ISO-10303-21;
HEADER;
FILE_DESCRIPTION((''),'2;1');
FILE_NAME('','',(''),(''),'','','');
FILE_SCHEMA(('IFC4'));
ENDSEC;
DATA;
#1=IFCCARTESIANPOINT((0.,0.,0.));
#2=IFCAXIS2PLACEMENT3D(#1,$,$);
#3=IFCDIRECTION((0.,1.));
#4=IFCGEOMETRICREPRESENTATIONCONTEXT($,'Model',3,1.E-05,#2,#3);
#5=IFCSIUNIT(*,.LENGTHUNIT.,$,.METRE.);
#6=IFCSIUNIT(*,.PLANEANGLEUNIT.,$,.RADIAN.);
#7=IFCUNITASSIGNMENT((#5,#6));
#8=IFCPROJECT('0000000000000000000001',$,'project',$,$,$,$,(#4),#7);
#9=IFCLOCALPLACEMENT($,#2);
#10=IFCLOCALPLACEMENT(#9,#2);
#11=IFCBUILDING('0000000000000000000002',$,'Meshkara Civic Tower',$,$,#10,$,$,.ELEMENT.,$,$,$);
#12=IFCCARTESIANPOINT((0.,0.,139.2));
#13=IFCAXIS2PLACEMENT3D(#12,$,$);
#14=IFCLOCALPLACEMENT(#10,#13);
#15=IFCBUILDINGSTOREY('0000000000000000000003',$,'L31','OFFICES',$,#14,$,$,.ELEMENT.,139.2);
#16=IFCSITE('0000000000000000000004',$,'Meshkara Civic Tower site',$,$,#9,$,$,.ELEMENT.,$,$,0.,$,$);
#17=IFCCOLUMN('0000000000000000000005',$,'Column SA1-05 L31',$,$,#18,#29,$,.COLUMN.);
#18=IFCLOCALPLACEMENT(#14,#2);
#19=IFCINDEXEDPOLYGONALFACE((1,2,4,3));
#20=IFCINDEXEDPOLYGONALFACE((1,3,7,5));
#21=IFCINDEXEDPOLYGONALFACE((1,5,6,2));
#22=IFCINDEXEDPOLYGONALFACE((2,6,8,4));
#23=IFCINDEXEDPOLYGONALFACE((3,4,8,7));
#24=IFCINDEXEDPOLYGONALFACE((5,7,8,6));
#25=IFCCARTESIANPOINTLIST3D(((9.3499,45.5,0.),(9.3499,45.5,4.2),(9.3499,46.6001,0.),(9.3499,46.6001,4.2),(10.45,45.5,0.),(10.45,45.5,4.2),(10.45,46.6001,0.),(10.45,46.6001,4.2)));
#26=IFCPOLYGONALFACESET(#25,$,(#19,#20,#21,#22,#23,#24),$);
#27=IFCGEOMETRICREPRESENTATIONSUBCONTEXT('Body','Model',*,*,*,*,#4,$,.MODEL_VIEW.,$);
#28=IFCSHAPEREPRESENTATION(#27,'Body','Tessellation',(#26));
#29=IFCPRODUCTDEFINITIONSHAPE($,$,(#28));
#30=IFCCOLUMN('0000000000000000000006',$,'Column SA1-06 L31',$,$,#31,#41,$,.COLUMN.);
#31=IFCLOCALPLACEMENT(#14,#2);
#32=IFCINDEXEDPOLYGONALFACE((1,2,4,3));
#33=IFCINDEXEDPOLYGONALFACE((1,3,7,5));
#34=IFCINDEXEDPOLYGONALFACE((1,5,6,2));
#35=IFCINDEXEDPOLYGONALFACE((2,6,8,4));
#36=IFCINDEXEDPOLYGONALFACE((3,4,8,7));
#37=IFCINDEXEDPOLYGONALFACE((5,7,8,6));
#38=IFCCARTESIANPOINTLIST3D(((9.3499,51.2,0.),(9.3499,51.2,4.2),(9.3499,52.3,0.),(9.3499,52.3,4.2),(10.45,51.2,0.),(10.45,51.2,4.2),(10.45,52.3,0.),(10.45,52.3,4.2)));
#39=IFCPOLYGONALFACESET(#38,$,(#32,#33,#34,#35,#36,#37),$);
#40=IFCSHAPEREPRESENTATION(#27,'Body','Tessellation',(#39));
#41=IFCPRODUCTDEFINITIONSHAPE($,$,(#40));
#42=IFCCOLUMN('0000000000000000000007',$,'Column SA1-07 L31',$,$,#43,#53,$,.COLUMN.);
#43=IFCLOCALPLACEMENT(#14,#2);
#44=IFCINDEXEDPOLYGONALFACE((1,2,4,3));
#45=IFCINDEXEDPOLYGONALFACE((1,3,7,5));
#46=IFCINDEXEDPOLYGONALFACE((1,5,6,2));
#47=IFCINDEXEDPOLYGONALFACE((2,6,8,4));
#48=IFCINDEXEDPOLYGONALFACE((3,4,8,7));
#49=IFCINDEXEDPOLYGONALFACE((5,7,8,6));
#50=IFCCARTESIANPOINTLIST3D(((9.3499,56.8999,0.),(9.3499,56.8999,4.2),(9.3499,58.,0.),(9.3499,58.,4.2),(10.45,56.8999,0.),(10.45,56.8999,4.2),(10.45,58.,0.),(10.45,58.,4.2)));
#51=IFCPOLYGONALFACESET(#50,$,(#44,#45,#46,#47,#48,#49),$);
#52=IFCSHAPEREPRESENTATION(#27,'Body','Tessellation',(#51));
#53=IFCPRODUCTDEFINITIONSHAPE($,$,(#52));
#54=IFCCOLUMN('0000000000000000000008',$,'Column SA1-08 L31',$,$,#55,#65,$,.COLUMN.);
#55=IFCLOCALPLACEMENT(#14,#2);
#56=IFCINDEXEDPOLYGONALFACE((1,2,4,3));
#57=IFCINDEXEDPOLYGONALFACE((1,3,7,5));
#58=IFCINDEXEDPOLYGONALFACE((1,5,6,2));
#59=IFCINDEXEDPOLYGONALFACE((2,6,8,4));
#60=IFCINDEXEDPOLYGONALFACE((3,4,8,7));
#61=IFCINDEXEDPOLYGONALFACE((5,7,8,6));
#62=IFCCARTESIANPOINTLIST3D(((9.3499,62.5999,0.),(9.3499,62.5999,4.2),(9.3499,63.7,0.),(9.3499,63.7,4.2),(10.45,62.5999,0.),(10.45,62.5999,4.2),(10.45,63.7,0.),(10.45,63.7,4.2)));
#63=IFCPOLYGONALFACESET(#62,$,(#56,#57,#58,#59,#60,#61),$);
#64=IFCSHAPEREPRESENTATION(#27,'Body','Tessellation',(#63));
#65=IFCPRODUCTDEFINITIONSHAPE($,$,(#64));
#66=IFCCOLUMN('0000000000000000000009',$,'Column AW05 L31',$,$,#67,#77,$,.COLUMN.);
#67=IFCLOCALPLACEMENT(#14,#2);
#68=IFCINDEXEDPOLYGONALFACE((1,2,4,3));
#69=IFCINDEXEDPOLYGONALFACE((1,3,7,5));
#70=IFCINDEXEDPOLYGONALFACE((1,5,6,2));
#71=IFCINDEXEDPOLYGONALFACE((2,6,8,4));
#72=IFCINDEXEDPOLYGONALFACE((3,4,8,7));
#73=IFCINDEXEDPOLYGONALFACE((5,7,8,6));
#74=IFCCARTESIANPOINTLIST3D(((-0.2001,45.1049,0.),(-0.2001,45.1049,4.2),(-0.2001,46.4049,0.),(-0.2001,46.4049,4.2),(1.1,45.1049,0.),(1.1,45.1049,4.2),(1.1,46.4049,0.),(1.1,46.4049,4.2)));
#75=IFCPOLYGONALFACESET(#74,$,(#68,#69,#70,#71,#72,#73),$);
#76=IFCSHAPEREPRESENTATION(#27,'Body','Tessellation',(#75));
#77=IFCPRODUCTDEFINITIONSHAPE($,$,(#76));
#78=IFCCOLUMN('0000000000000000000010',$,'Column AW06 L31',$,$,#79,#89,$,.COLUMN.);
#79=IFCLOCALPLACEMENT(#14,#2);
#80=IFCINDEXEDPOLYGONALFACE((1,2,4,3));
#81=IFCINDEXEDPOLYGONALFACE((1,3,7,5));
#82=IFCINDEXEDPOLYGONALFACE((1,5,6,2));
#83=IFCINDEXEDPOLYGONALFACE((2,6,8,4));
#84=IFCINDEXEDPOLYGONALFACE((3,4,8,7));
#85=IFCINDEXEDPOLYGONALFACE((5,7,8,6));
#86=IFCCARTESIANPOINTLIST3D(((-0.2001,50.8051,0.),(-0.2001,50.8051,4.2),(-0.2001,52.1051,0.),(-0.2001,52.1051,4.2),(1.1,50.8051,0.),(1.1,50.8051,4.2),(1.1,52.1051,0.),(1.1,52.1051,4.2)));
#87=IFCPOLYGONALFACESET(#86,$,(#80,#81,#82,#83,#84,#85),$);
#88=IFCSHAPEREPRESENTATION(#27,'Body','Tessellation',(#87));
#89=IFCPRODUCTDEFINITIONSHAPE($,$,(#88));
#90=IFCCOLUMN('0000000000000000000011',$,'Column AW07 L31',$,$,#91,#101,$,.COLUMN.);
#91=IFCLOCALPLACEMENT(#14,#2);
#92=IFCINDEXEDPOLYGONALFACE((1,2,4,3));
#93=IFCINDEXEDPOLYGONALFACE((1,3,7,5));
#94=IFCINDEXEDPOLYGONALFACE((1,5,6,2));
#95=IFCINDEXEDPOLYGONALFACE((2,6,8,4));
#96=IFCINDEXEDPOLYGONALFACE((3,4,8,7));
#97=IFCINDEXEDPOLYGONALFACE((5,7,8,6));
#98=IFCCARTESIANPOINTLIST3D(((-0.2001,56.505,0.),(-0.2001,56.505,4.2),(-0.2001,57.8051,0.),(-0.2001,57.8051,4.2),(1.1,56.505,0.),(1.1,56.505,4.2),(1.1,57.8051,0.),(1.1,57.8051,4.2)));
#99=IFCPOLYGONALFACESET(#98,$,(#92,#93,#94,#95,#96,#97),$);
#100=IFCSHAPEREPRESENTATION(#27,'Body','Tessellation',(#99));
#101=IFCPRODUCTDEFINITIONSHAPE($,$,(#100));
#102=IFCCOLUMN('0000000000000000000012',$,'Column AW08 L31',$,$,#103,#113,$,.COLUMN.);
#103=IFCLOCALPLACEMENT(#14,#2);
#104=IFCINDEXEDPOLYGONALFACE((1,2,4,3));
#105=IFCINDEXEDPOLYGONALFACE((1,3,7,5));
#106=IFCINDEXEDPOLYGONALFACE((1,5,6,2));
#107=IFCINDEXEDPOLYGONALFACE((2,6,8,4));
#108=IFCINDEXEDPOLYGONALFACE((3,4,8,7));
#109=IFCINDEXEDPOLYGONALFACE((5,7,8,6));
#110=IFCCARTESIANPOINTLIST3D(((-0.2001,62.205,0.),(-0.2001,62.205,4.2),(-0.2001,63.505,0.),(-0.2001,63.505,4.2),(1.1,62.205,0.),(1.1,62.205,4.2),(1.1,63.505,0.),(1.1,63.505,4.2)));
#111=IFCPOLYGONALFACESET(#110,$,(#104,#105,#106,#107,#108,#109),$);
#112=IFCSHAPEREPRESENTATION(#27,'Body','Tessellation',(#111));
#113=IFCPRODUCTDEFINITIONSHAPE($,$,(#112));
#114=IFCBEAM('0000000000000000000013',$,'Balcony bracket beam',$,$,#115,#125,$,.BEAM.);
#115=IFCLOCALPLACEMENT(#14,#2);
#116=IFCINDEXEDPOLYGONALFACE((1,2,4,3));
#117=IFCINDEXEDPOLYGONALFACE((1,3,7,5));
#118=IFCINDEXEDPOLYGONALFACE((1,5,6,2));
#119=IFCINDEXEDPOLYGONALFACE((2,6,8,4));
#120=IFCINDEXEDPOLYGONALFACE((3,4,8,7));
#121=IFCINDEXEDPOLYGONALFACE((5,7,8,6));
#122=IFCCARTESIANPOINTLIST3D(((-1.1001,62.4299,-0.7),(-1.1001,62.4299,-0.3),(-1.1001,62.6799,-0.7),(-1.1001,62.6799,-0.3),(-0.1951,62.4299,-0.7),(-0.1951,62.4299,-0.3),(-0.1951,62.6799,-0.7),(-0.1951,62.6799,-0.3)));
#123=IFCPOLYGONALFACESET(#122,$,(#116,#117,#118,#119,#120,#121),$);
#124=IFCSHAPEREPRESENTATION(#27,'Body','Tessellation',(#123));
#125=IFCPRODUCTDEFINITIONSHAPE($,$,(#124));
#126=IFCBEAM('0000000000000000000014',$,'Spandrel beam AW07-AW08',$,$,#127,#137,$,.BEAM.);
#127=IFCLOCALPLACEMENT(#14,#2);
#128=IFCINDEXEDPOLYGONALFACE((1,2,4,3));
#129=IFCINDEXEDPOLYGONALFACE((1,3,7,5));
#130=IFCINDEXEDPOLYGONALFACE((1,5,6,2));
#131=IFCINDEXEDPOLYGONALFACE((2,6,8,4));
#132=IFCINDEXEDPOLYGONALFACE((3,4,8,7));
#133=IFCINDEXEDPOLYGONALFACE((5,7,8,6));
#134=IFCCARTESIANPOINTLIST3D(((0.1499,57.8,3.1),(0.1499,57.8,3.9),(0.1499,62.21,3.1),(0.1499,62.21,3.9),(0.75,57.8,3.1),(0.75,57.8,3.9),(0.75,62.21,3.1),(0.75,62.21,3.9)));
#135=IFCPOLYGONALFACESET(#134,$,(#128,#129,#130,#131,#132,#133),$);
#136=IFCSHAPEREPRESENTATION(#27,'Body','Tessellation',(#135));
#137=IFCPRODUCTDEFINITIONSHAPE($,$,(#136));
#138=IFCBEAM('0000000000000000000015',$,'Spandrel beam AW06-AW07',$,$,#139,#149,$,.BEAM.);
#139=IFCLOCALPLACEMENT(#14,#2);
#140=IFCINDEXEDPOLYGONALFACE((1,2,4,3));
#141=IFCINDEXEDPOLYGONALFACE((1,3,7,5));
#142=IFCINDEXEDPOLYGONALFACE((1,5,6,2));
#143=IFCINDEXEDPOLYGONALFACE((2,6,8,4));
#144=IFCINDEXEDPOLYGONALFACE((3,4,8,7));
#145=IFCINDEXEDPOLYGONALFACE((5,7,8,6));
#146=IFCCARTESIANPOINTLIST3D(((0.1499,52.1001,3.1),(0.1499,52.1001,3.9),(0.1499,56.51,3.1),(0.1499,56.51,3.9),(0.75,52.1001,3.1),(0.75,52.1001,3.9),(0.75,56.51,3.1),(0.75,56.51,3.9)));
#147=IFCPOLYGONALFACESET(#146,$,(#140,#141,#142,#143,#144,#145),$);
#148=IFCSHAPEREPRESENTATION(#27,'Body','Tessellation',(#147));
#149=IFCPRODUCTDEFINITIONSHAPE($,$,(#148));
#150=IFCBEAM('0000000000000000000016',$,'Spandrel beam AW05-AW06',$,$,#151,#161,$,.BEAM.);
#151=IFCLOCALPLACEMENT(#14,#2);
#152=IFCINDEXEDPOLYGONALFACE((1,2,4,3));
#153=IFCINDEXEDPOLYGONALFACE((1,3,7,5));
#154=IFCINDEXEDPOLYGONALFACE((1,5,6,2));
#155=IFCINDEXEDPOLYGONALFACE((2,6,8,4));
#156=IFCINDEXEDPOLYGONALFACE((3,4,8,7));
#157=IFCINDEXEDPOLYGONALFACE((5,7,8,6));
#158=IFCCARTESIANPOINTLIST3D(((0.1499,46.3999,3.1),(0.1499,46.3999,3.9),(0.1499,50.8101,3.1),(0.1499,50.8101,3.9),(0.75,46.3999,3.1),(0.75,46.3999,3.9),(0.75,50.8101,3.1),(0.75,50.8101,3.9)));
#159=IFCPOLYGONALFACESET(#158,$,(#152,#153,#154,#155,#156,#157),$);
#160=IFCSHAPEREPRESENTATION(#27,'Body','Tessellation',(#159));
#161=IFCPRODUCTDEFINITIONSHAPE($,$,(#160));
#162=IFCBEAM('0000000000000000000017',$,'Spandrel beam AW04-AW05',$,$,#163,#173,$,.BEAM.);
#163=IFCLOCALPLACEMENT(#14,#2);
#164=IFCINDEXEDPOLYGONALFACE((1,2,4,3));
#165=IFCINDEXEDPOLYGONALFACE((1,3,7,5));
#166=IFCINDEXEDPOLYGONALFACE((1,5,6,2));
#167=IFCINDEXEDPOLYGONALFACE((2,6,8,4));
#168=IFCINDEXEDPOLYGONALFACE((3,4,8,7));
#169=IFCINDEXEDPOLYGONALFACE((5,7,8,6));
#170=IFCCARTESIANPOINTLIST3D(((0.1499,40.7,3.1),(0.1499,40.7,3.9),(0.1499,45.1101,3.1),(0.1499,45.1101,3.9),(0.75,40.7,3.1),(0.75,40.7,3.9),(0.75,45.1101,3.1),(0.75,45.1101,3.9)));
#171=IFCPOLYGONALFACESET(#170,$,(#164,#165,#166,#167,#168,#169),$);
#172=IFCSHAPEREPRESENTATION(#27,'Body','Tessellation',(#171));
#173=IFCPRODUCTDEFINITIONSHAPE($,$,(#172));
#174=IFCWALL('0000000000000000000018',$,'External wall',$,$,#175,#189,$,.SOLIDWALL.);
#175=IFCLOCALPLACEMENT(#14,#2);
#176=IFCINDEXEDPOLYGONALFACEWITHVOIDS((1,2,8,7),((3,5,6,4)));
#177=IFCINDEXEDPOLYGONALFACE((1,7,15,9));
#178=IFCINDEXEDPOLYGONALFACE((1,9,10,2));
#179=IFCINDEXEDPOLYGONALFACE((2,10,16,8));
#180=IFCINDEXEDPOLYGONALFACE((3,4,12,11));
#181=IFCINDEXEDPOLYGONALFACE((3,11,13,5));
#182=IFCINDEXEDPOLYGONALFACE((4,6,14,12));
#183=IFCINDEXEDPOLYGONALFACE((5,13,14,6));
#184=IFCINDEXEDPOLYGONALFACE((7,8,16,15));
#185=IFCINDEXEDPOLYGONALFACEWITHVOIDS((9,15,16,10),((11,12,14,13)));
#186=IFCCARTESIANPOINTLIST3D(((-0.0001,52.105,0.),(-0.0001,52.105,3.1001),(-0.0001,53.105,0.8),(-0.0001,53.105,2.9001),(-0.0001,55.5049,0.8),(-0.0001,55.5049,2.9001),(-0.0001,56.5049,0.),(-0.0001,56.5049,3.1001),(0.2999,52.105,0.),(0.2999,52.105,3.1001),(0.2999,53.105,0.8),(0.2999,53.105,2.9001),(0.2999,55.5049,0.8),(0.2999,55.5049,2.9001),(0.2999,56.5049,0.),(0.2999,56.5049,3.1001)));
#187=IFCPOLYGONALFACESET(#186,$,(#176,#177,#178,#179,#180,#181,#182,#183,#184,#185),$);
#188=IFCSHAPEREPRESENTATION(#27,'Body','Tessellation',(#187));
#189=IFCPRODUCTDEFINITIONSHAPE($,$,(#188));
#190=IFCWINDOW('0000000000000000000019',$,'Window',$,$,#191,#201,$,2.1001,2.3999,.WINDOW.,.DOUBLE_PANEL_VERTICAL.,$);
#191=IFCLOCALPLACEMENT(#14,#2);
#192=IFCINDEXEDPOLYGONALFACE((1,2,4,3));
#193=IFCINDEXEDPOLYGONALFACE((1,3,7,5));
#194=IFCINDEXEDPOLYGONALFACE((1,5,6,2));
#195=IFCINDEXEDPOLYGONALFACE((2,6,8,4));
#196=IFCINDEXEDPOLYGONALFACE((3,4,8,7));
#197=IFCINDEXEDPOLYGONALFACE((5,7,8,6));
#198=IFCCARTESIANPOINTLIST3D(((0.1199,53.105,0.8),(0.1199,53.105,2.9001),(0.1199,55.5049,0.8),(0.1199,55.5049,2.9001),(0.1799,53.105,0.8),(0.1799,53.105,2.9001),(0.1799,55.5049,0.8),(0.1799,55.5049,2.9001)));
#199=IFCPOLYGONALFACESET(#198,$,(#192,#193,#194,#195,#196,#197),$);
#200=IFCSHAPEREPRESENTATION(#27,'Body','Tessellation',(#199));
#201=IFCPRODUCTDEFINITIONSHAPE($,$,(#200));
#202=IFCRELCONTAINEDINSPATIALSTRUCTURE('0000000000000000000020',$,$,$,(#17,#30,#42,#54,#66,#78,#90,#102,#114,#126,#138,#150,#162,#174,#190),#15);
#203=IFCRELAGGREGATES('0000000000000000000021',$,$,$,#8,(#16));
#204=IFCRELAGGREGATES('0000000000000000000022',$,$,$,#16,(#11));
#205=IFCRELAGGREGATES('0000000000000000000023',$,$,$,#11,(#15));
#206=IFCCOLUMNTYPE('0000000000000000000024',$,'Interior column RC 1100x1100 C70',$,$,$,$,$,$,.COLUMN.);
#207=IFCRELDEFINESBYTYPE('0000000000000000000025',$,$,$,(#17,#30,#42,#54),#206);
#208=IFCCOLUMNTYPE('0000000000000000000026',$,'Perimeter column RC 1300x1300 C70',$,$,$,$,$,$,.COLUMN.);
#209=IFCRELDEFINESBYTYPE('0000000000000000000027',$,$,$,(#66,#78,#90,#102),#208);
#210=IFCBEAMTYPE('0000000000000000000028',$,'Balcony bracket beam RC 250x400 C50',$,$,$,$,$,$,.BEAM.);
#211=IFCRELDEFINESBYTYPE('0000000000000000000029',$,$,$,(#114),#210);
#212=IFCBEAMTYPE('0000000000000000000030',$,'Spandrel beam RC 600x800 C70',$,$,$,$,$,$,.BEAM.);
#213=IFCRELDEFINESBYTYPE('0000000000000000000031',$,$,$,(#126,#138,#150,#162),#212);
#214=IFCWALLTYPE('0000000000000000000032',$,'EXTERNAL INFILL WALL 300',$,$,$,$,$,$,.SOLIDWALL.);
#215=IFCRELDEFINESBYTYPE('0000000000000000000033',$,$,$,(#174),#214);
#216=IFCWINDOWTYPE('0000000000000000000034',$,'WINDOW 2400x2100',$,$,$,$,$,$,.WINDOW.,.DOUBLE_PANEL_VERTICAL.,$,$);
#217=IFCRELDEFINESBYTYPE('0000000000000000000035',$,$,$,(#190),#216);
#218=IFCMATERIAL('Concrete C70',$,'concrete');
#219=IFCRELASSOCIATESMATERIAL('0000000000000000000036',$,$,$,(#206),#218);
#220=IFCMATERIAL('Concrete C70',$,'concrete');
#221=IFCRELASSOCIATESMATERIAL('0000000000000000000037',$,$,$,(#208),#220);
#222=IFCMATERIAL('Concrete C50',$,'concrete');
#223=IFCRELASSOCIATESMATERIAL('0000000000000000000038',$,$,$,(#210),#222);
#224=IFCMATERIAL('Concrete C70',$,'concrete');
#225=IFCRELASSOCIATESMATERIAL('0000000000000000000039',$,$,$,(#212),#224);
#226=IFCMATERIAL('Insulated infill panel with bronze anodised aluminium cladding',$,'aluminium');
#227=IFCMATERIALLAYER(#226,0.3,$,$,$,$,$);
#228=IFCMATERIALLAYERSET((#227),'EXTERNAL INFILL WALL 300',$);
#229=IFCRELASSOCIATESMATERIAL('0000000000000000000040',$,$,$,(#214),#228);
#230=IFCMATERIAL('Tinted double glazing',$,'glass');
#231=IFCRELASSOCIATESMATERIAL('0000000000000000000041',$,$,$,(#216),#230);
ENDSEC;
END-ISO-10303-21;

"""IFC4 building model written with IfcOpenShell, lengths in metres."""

from ifc_helpers import new_model, si_unit, direction, frame, frame_2d, origin, origin_2d, place, context, subcontext, project, spatial, rectangle, extrude, material, layer, layer_set, material_profile, profile_set, type_object, element, fill, save


model = new_model("IFC4")

# Units and contexts
model_context = context("Model", 3, precision=1e-05, world=origin(), true_north=direction((0.0, 1.0)))
body_context = subcontext(model_context, "Body", "Model", "MODEL_VIEW")
ifc_project = project(units=[si_unit("LENGTHUNIT", "METRE"), si_unit("PLANEANGLEUNIT", "RADIAN")], contexts=[model_context])

# Site, building, storey
site_placement = place(None, origin())
site = spatial("IfcSite", under=ifc_project, at=site_placement, Name="Meshkara Civic Tower site", CompositionType="ELEMENT", RefElevation=0.0)
building_placement = place(site_placement, origin())
building = spatial("IfcBuilding", under=site, at=building_placement, Name="Meshkara Civic Tower", CompositionType="ELEMENT")
storey_placement = place(building_placement, frame((0.0, 0.0, 139.2)))
storey = spatial("IfcBuildingStorey", under=building, at=storey_placement, Name="L31", Description="OFFICES", CompositionType="ELEMENT", Elevation=139.2)

# Columns
ifc_material_1 = material(Name="Concrete C70", Category="concrete")
ifc_material_profile_1 = material_profile(ifc_material_1, rectangle(XDim=1.1001, YDim=1.1001, at=origin_2d()))
ifc_profile_set_1 = profile_set([ifc_material_profile_1], Name="Concrete C70")
column_type_1 = type_object("IfcColumnType", Name="Interior column RC 1100x1100 C70", PredefinedType="COLUMN", material=ifc_profile_set_1)
for number, where, z_axis, x_axis, name in (
    (1, (9.8999, 46.05, 0.0), (0.0, 0.0, 1.0), (1.0, 0.0, 0.0), "Column SA1-05 L31"),
    (2, (9.8999, 51.75, 0.0), (0.0, 0.0, 1.0), (1.0, 0.0, 0.0), "Column SA1-06 L31"),
    (3, (9.8999, 57.45, 0.0), (0.0, 0.0, 1.0), (1.0, 0.0, 0.0), "Column SA1-07 L31"),
    (4, (9.8999, 63.1499, 0.0), (0.0, 0.0, 1.0), (1.0, 0.0, 0.0), "Column SA1-08 L31"),
):
    element("IfcColumn", number, at=place(storey_placement, frame(where, z_axis=z_axis, x_axis=x_axis)), inside=storey, type_object=column_type_1, Name=name, PredefinedType="COLUMN", context=body_context, shape_type="SweptSolid", body=[
        extrude(rectangle(XDim=1.1001, YDim=1.1001, at=origin_2d()), origin(), (0.0, 0.0, 1.0), 4.2),
    ])
ifc_material_2 = material(Name="Concrete C70", Category="concrete")
ifc_material_profile_2 = material_profile(ifc_material_2, rectangle(XDim=1.3, YDim=1.3, at=origin_2d()))
ifc_profile_set_2 = profile_set([ifc_material_profile_2], Name="Concrete C70")
column_type_2 = type_object("IfcColumnType", Name="Perimeter column RC 1300x1300 C70", PredefinedType="COLUMN", material=ifc_profile_set_2)
for number, where, z_axis, x_axis, name in (
    (5, (0.45, 45.7549, 0.0), (0.0, 0.0, 1.0), (1.0, 0.0, 0.0), "Column AW05 L31"),
    (6, (0.45, 51.4551, 0.0), (0.0, 0.0, 1.0), (1.0, 0.0, 0.0), "Column AW06 L31"),
    (7, (0.45, 57.155, 0.0), (0.0, 0.0, 1.0), (1.0, 0.0, 0.0), "Column AW07 L31"),
    (8, (0.45, 62.855, 0.0), (0.0, 0.0, 1.0), (1.0, 0.0, 0.0), "Column AW08 L31"),
):
    element("IfcColumn", number, at=place(storey_placement, frame(where, z_axis=z_axis, x_axis=x_axis)), inside=storey, type_object=column_type_2, Name=name, PredefinedType="COLUMN", context=body_context, shape_type="SweptSolid", body=[
        extrude(rectangle(XDim=1.3, YDim=1.3, at=origin_2d()), origin(), (0.0, 0.0, 1.0), 4.2),
    ])

# Beams
ifc_material_3 = material(Name="Concrete C50", Category="concrete")
ifc_material_profile_3 = material_profile(ifc_material_3, rectangle(XDim=0.25, YDim=0.3999, at=origin_2d()))
ifc_profile_set_3 = profile_set([ifc_material_profile_3], Name="Concrete C50")
beam_type_1 = type_object("IfcBeamType", Name="Balcony bracket beam RC 250x400 C50", PredefinedType="BEAM", material=ifc_profile_set_3)
beam_placement = place(storey_placement, frame((-0.1951, 62.5549, -0.5), z_axis=(-1.0, 0.0, 0.0), x_axis=(0.0, -1.0, 0.0)))
element("IfcBeam", 9, at=beam_placement, inside=storey, type_object=beam_type_1, Name="Balcony bracket beam", PredefinedType="BEAM", context=body_context, shape_type="SweptSolid", body=[
    extrude(rectangle(XDim=0.25, YDim=0.3999, at=origin_2d()), origin(), (0.0, 0.0, 1.0), 0.905),
])
ifc_material_4 = material(Name="Concrete C70", Category="concrete")
ifc_material_profile_4 = material_profile(ifc_material_4, rectangle(XDim=0.6001, YDim=0.8, at=origin_2d()))
ifc_profile_set_4 = profile_set([ifc_material_profile_4], Name="Concrete C70")
beam_type_2 = type_object("IfcBeamType", Name="Spandrel beam RC 600x800 C70", PredefinedType="BEAM", material=ifc_profile_set_4)
for number, where, z_axis, x_axis, name in (
    (10, (0.45, 62.21, 3.5), (0.0, -1.0, 0.0), (1.0, 0.0, 0.0), "Spandrel beam AW07-AW08"),
    (11, (0.45, 56.51, 3.5), (0.0, -1.0, 0.0), (1.0, 0.0, 0.0), "Spandrel beam AW06-AW07"),
):
    element("IfcBeam", number, at=place(storey_placement, frame(where, z_axis=z_axis, x_axis=x_axis)), inside=storey, type_object=beam_type_2, Name=name, PredefinedType="BEAM", context=body_context, shape_type="SweptSolid", body=[
        extrude(rectangle(XDim=0.6001, YDim=0.8, at=origin_2d()), origin(), (0.0, 0.0, 1.0), 4.4099),
    ])
for number, where, z_axis, x_axis, name in (
    (12, (0.45, 50.8101, 3.5), (0.0, -1.0, 0.0), (1.0, 0.0, 0.0), "Spandrel beam AW05-AW06"),
    (13, (0.45, 45.1101, 3.5), (0.0, -1.0, 0.0), (1.0, 0.0, 0.0), "Spandrel beam AW04-AW05"),
):
    element("IfcBeam", number, at=place(storey_placement, frame(where, z_axis=z_axis, x_axis=x_axis)), inside=storey, type_object=beam_type_2, Name=name, PredefinedType="BEAM", context=body_context, shape_type="SweptSolid", body=[
        extrude(rectangle(XDim=0.6001, YDim=0.8, at=origin_2d()), origin(), (0.0, 0.0, 1.0), 4.4102),
    ])

# Wall, opening, window
ifc_material_5 = material(Name="Insulated infill panel with bronze anodised aluminium cladding", Category="aluminium")
ifc_layer_1 = layer(ifc_material_5, 0.3)
ifc_layer_set_1 = layer_set([ifc_layer_1], Name="EXTERNAL INFILL WALL 300")
wall_type_1 = type_object("IfcWallType", Name="EXTERNAL INFILL WALL 300", PredefinedType="SOLIDWALL", material=ifc_layer_set_1)
wall_1_placement = place(storey_placement, frame((0.1499, 56.5049, 0.0), z_axis=(0.0, 0.0, 1.0), x_axis=(0.0, -1.0, 0.0)))
wall_1 = element("IfcWall", 14, at=wall_1_placement, inside=storey, type_object=wall_type_1, Name="External wall", PredefinedType="SOLIDWALL", context=body_context, shape_type="SweptSolid", body=[
    extrude(rectangle(XDim=4.3999, YDim=0.3, at=frame_2d((2.2, 0.0))), origin(), (0.0, 0.0, 1.0), 3.1001),
])
opening_1_placement = place(wall_1_placement, frame((1.0, 0.0, 0.8)))
opening_1 = element("IfcOpeningElement", 15, at=opening_1_placement, cuts=wall_1, PredefinedType="OPENING", context=body_context, shape_type="SweptSolid", body=[
    extrude(rectangle(XDim=2.3999, YDim=2.1001, at=frame_2d((1.2, 1.05))), frame((0.0, 0.1599, 0.0), z_axis=(0.0, -1.0, 0.0), x_axis=(1.0, 0.0, 0.0)), (0.0, 0.0, 1.0), 0.3201),
])
ifc_material_6 = material(Name="Tinted double glazing", Category="glass")
window_type = type_object("IfcWindowType", Name="WINDOW 2400x2100", PartitioningType="DOUBLE_PANEL_VERTICAL", PredefinedType="WINDOW", material=ifc_material_6)
window_1_placement = place(opening_1_placement, origin())
window_1 = element("IfcWindow", 16, at=window_1_placement, inside=storey, type_object=window_type, Name="Window", OverallHeight=2.1001, OverallWidth=2.3999, PartitioningType="DOUBLE_PANEL_VERTICAL", PredefinedType="WINDOW", context=body_context, shape_type="SweptSolid", body=[
    extrude(rectangle(XDim=2.3999, YDim=2.1001, at=frame_2d((1.2, 1.05))), frame((0.0, 0.03, 0.0), z_axis=(0.0, -1.0, 0.0), x_axis=(1.0, 0.0, 0.0)), (0.0, 0.0, 1.0), 0.0601),
])
fill(opening_1, window_1)

save(model, "model.ifc")
